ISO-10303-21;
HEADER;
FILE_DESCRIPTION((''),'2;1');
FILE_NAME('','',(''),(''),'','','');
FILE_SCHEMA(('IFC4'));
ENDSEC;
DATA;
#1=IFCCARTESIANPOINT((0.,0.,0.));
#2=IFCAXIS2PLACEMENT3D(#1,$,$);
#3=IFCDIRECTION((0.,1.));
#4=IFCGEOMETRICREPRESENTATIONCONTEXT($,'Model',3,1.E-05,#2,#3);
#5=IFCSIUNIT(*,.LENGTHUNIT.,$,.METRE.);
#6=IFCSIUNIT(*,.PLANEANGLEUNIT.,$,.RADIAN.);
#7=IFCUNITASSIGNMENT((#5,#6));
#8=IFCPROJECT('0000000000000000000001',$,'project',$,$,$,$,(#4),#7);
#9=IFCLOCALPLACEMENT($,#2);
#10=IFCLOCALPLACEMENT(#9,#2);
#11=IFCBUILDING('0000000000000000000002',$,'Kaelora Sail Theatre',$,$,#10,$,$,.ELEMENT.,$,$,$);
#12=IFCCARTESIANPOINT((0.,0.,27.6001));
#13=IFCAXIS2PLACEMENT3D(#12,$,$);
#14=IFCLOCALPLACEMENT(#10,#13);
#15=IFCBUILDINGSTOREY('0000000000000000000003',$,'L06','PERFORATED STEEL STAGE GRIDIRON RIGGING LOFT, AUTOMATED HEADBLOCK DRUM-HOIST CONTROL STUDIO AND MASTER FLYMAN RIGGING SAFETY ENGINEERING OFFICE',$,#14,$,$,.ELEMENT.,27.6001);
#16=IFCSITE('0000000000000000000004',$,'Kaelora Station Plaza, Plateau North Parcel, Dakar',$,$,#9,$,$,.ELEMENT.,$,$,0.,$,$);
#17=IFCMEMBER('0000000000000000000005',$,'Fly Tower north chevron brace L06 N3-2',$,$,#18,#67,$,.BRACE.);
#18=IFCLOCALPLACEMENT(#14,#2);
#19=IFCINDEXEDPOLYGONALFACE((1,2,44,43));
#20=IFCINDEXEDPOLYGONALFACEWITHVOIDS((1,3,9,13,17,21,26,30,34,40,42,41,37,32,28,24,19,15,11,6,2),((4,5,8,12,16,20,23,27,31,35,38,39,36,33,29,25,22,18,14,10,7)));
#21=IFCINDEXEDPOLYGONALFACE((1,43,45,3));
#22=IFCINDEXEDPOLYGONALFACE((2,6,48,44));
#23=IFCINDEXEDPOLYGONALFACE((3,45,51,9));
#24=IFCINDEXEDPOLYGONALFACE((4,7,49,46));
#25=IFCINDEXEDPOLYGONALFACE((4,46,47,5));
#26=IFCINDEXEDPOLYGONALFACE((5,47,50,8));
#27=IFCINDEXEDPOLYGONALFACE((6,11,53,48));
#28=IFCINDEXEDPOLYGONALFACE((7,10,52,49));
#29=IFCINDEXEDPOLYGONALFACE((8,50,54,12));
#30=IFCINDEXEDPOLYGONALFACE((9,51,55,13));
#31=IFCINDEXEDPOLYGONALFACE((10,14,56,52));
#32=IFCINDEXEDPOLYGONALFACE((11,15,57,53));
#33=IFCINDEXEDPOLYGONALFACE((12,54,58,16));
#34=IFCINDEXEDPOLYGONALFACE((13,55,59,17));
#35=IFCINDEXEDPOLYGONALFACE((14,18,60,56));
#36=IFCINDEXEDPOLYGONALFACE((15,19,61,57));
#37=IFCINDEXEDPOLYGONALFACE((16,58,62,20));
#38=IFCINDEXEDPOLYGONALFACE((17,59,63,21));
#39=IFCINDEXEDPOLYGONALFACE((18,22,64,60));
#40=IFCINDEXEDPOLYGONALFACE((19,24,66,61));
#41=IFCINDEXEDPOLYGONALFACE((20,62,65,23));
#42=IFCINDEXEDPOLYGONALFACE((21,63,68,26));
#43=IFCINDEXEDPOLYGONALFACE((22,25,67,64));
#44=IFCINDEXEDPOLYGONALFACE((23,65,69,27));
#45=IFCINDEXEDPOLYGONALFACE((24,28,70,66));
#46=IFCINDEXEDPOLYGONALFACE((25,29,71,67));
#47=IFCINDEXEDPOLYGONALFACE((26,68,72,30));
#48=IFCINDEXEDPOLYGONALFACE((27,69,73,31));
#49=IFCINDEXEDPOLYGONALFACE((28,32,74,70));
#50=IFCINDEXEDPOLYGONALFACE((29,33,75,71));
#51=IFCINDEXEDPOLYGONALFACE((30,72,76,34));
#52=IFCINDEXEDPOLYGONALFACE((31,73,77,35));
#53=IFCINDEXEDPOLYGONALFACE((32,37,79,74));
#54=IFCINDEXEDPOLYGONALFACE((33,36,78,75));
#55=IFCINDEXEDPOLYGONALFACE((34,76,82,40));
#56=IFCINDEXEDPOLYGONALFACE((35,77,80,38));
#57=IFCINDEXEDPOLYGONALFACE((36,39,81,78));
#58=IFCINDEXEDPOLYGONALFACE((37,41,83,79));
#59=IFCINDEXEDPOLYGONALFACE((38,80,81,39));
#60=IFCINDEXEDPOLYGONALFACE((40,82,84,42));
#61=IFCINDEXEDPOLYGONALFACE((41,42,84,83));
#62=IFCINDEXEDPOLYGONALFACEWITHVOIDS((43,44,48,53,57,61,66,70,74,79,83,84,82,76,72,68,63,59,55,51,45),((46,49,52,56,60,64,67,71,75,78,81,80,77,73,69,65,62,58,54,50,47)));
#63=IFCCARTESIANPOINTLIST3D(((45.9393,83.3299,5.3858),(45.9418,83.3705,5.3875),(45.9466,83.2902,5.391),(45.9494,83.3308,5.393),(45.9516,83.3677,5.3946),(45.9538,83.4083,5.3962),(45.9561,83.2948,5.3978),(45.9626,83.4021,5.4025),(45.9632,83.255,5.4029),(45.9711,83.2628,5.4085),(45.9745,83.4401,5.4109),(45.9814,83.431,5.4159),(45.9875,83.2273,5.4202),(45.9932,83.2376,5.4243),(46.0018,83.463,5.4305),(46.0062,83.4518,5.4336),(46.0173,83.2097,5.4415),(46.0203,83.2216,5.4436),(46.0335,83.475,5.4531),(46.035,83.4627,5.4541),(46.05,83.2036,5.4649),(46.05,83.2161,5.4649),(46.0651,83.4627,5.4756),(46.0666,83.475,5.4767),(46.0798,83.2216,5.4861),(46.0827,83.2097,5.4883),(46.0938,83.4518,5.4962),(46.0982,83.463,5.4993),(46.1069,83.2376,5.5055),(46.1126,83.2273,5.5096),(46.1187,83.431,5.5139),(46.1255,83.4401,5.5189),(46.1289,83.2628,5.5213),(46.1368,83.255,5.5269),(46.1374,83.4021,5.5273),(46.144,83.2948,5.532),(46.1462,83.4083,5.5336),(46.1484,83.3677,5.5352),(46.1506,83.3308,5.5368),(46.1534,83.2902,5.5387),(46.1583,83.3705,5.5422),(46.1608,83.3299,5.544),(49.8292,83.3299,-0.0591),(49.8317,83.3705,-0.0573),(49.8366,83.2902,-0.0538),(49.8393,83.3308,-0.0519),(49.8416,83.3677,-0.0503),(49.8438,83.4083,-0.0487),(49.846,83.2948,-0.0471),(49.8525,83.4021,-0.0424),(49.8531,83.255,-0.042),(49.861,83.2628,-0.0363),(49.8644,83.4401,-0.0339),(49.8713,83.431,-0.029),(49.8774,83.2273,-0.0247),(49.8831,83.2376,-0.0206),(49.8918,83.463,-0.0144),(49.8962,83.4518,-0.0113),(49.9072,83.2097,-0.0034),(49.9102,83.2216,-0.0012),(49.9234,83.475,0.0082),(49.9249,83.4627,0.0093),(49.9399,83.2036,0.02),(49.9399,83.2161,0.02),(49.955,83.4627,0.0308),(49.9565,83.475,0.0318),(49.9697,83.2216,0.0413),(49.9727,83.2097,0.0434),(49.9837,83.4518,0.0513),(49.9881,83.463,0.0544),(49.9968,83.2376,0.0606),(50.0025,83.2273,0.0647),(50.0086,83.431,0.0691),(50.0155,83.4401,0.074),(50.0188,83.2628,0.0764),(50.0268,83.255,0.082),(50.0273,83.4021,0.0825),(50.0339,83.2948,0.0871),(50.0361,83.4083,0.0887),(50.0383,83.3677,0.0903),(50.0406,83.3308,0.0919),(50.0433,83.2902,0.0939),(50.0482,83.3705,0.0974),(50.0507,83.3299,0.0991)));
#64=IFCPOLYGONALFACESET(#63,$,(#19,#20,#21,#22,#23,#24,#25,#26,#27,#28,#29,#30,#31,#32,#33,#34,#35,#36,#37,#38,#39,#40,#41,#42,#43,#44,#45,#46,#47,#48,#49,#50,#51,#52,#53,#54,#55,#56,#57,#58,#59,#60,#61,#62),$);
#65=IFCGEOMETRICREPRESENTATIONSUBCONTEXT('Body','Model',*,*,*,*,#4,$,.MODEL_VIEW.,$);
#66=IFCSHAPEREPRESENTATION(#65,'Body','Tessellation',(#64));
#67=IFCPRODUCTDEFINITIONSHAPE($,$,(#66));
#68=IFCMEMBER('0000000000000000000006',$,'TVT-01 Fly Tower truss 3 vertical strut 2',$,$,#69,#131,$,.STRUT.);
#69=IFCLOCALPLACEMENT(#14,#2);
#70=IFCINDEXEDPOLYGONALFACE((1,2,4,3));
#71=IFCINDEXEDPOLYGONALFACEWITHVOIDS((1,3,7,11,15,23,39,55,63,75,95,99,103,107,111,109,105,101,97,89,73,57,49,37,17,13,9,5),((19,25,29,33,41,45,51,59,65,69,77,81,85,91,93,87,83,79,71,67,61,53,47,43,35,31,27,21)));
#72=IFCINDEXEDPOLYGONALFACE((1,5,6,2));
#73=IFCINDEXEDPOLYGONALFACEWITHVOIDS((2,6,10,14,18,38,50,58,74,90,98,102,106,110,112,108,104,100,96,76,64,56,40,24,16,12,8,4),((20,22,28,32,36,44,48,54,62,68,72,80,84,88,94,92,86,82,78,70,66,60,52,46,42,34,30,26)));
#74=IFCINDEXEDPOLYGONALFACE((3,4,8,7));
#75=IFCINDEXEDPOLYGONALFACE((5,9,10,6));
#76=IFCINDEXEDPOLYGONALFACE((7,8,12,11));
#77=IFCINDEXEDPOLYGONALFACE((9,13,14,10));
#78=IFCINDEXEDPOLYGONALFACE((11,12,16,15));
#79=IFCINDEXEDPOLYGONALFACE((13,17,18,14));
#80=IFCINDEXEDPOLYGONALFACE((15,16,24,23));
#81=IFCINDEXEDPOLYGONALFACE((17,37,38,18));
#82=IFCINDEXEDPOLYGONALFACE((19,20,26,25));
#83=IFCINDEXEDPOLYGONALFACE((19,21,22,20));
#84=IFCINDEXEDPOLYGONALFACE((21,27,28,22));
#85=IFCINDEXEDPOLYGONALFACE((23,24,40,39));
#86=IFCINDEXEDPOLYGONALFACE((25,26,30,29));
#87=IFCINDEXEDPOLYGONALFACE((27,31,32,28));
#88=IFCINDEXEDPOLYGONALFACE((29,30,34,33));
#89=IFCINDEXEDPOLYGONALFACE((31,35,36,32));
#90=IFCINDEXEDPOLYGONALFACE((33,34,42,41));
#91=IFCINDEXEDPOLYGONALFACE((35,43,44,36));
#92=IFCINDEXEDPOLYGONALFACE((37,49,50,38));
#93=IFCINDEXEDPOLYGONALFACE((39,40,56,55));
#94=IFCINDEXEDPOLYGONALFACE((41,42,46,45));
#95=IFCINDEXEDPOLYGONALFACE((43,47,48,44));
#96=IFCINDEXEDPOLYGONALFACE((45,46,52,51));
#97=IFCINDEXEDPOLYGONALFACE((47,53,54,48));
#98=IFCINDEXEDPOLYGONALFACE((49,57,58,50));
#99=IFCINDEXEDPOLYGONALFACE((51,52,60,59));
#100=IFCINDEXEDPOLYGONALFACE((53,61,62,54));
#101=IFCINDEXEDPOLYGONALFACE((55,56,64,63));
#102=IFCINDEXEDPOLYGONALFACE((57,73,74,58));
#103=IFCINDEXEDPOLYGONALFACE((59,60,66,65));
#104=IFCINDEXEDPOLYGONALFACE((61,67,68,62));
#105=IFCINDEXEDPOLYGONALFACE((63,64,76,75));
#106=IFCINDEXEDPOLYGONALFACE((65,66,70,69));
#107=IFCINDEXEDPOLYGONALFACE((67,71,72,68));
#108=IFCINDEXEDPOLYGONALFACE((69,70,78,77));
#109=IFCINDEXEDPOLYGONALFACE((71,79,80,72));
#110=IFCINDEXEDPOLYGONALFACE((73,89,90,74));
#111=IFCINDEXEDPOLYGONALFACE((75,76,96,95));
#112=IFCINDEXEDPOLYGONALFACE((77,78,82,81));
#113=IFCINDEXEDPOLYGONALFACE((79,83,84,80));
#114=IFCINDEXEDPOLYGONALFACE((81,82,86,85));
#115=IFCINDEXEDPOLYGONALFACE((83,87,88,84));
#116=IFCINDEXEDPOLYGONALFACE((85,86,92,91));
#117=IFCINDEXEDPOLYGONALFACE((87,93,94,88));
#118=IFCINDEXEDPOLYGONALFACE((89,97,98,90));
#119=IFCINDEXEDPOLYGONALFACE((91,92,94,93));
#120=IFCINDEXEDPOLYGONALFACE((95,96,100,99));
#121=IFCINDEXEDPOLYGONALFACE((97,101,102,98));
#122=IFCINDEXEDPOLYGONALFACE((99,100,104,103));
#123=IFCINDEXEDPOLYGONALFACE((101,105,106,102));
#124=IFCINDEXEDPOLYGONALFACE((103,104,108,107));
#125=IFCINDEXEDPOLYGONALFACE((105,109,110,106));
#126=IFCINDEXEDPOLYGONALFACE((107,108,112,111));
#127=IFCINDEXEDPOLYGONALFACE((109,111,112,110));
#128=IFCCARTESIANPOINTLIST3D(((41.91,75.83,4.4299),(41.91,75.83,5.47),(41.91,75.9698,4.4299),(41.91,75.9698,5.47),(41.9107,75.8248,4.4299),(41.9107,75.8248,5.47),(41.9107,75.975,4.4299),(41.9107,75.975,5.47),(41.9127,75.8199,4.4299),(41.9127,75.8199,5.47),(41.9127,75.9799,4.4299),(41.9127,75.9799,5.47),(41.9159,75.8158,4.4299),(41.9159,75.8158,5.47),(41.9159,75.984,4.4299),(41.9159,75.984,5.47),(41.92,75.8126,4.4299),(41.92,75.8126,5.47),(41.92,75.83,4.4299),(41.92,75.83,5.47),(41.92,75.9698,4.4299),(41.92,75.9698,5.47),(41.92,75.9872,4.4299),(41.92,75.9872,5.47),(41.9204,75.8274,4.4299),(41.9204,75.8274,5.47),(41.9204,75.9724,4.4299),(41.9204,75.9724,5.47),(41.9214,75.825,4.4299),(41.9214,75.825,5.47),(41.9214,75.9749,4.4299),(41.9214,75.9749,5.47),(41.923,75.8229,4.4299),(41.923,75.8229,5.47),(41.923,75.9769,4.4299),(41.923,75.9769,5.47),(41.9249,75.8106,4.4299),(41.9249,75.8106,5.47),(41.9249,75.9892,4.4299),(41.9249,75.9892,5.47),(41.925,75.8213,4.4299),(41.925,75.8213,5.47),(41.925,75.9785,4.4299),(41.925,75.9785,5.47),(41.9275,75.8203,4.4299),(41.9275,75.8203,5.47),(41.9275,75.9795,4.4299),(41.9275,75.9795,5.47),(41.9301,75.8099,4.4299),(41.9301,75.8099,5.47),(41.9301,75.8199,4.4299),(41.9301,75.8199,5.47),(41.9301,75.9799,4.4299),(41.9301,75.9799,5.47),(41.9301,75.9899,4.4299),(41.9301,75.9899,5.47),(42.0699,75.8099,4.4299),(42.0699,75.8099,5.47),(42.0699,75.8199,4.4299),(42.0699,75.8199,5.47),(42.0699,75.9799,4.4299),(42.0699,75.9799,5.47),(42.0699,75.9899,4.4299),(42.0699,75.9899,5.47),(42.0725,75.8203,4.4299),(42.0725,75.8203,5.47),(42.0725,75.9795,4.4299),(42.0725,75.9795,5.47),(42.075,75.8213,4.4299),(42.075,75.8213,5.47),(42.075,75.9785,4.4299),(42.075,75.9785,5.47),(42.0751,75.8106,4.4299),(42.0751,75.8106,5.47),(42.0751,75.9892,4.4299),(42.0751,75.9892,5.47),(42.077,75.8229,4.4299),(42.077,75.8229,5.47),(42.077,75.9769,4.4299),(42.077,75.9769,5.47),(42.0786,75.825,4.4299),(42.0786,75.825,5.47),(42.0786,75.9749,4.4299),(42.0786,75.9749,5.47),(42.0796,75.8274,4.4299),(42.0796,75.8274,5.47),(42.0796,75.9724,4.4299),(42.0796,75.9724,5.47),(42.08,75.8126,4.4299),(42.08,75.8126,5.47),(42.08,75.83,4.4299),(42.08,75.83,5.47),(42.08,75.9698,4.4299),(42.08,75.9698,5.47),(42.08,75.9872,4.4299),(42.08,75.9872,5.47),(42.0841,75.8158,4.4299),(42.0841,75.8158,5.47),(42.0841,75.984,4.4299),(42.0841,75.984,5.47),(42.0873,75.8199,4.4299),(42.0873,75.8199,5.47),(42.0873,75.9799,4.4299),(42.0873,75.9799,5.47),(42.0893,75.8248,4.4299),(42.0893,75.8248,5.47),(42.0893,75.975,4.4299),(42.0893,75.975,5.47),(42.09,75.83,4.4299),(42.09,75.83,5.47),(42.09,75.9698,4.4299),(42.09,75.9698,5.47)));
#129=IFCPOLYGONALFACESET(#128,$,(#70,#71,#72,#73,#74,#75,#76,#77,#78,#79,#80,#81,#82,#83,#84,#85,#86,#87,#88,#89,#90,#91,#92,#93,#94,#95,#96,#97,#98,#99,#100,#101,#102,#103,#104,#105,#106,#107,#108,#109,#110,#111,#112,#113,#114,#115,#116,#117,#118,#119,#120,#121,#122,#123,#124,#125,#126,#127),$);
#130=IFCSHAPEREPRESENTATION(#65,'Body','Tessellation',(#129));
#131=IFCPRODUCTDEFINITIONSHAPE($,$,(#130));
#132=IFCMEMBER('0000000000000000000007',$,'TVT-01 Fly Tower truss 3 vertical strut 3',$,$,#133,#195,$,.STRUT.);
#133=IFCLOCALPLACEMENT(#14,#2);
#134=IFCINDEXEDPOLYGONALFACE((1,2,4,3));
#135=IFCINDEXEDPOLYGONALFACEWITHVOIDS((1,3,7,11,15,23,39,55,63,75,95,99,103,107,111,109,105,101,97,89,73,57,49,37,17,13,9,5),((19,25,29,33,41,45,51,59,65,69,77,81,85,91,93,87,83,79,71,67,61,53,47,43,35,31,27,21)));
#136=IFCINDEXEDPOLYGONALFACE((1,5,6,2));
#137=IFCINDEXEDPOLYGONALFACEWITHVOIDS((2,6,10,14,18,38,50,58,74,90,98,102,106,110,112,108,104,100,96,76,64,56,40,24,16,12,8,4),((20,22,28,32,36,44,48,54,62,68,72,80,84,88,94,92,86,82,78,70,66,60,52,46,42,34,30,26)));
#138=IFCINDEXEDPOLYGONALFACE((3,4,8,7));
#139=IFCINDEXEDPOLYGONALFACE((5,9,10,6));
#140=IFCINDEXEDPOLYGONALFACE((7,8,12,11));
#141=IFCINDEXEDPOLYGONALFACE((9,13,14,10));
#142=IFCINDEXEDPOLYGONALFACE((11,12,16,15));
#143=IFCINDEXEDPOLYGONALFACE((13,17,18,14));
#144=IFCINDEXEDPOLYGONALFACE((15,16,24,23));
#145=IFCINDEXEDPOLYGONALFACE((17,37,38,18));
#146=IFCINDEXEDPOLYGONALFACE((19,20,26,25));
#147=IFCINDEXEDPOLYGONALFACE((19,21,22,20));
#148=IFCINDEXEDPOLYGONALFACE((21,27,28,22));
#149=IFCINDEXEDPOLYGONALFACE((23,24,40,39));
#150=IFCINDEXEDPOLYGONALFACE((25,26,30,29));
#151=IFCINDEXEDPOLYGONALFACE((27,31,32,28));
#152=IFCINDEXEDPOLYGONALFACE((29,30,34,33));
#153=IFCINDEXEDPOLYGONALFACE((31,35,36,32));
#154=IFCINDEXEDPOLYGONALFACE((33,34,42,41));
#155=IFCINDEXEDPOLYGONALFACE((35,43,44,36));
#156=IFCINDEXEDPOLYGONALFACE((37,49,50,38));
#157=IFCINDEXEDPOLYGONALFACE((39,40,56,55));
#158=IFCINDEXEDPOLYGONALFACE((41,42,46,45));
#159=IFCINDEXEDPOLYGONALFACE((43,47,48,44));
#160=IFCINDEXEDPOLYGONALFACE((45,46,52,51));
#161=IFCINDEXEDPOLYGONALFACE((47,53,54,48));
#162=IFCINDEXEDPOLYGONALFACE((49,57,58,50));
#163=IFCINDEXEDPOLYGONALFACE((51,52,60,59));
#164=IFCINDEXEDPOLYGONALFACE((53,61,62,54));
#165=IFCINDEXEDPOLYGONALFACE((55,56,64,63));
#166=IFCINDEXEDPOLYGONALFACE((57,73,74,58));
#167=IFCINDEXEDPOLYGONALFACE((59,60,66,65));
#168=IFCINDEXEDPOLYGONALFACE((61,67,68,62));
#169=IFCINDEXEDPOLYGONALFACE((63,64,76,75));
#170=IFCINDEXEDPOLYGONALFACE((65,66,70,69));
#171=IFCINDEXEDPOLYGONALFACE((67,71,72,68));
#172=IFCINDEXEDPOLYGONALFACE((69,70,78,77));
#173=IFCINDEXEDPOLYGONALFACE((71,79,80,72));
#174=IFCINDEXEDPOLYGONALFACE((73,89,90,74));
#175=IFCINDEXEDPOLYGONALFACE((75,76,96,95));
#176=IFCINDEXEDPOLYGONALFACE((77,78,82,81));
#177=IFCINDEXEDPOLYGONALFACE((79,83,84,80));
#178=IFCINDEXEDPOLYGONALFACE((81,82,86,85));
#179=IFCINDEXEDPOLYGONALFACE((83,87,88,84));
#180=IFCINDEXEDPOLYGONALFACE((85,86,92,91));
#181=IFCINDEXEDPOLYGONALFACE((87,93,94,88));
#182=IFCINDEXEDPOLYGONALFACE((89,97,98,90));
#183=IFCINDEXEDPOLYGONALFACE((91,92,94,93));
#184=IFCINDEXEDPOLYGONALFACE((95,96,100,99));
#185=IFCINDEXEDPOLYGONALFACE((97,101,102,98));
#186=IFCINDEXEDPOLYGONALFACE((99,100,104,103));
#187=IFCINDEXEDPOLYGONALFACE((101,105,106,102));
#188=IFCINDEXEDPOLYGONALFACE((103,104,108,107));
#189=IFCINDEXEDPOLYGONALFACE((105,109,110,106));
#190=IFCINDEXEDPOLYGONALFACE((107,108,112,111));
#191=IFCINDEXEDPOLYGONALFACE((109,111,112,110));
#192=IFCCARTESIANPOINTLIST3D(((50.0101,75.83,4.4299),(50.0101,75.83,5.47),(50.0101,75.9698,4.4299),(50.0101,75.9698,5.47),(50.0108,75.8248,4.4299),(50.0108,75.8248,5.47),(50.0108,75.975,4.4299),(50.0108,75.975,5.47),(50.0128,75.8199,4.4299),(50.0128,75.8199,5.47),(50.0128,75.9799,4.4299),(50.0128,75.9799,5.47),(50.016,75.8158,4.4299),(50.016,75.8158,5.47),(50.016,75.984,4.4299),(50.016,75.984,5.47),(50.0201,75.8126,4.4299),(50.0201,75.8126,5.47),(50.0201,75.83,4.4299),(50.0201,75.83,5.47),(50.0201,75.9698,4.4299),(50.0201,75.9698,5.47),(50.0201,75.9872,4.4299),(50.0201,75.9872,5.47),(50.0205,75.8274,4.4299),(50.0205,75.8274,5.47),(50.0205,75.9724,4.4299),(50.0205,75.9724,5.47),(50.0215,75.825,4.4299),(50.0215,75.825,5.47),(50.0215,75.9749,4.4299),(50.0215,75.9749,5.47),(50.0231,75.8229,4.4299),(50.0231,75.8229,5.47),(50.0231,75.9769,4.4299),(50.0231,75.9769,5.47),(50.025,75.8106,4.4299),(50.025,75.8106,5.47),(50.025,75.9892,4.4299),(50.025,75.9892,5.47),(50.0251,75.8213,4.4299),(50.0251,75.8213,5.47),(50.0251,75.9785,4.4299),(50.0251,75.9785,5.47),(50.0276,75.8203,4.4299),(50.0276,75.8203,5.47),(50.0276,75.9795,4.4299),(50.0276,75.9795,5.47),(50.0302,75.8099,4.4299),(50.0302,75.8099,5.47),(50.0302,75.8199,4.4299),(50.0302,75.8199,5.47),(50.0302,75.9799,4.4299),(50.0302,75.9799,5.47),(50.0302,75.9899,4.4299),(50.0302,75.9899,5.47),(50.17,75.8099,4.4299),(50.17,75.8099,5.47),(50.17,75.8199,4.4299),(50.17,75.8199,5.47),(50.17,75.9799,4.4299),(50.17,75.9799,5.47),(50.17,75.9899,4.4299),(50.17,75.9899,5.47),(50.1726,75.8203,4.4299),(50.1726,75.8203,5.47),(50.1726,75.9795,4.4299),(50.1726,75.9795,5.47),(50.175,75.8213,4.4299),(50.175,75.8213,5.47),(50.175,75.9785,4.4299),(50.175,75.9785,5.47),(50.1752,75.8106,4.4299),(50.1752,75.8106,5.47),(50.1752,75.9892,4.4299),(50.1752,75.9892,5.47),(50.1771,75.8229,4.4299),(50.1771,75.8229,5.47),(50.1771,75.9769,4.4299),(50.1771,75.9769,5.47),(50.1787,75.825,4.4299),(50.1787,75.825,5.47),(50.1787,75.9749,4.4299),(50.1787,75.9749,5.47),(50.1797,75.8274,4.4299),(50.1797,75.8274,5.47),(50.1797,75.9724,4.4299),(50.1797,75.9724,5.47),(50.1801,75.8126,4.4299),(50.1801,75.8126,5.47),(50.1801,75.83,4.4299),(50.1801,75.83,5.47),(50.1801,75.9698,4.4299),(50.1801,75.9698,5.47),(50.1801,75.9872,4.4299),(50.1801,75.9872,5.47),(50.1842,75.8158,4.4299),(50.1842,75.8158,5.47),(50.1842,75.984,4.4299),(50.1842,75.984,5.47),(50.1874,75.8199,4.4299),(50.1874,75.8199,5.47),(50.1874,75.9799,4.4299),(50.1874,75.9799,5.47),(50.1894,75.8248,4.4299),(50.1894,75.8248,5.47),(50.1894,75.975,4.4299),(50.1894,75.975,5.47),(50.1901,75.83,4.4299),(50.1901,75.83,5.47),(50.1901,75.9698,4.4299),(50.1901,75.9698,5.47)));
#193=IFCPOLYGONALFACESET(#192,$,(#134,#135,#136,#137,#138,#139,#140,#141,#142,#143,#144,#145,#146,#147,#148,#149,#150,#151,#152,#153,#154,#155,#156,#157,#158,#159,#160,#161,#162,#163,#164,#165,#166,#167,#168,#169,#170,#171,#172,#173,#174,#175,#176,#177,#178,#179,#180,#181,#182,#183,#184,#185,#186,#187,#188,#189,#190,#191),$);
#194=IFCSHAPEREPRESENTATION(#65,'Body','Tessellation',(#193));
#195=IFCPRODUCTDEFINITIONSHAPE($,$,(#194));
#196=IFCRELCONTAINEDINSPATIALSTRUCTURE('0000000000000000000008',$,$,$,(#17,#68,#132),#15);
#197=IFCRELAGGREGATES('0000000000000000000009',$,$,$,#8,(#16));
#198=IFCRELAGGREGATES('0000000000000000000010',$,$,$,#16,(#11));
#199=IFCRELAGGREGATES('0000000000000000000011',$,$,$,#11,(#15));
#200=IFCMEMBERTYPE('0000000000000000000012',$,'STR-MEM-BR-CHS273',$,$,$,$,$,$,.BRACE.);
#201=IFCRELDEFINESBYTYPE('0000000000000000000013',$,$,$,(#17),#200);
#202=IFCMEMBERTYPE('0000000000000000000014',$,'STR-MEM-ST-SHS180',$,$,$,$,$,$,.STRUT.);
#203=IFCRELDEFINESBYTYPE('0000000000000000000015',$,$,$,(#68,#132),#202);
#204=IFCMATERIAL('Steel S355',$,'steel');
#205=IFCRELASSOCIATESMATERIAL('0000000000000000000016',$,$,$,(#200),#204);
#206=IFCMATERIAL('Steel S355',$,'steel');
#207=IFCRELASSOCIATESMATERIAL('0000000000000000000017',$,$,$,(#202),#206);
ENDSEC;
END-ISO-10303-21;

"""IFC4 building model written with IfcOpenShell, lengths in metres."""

from ifc_helpers import new_model, si_unit, direction, frame, origin, origin_2d, place, context, subcontext, project, spatial, hollow_rectangle, hollow_circle, extrude, material, material_profile, profile_set, type_object, element, save


model = new_model("IFC4")

# Units and contexts
model_context = context("Model", 3, precision=1e-05, world=origin(), true_north=direction((0.0, 1.0)))
body_context = subcontext(model_context, "Body", "Model", "MODEL_VIEW")
ifc_project = project(units=[si_unit("LENGTHUNIT", "METRE"), si_unit("PLANEANGLEUNIT", "RADIAN")], contexts=[model_context])

# Site, building, storey
site_placement = place(None, origin())
site = spatial("IfcSite", under=ifc_project, at=site_placement, Name="Kaelora Station Plaza, Plateau North Parcel, Dakar", CompositionType="ELEMENT", RefElevation=0.0)
building_placement = place(site_placement, origin())
building = spatial("IfcBuilding", under=site, at=building_placement, Name="Kaelora Sail Theatre", CompositionType="ELEMENT")
storey_placement = place(building_placement, frame((0.0, 0.0, 27.6001)))
storey = spatial("IfcBuildingStorey", under=building, at=storey_placement, Name="L06", Description="PERFORATED STEEL STAGE GRIDIRON RIGGING LOFT, AUTOMATED HEADBLOCK DRUM-HOIST CONTROL STUDIO AND MASTER FLYMAN RIGGING SAFETY ENGINEERING OFFICE", CompositionType="ELEMENT", Elevation=27.6001)

# Members
ifc_material_1 = material(Name="Steel S355", Category="steel")
ifc_material_profile_1 = material_profile(ifc_material_1, hollow_circle(Radius=0.1365, WallThickness=0.0125, at=origin_2d()), Name="CHS 273.0x12.5")
ifc_profile_set_1 = profile_set([ifc_material_profile_1], Name="Steel S355")
member_type_1 = type_object("IfcMemberType", Name="STR-MEM-BR-CHS273", PredefinedType="BRACE", material=ifc_profile_set_1)
for number, where, z_axis, x_axis, name in (
    (1, (49.9399, 83.3401, 0.02), (-0.581311, 0.0, 0.813682), (0.0, -1.0, 0.0), "Fly Tower north chevron brace L06 N3-2"),
):
    element("IfcMember", number, at=place(storey_placement, frame(where, z_axis=z_axis, x_axis=x_axis)), inside=storey, type_object=member_type_1, Name=name, PredefinedType="BRACE", context=body_context, shape_type="SweptSolid", body=[
        extrude(hollow_circle(Radius=0.1365, WallThickness=0.0125, at=origin_2d()), origin(), (0.0, 0.0, 1.0), 6.6917),
    ])
ifc_material_2 = material(Name="Steel S355", Category="steel")
ifc_material_profile_2 = material_profile(ifc_material_2, hollow_rectangle(XDim=0.1799, YDim=0.1799, WallThickness=0.01, InnerFilletRadius=0.01, OuterFilletRadius=0.02, at=origin_2d()), Name="SHS 180x180x10.0")
ifc_profile_set_2 = profile_set([ifc_material_profile_2], Name="Steel S355")
member_type_2 = type_object("IfcMemberType", Name="STR-MEM-ST-SHS180", PredefinedType="STRUT", material=ifc_profile_set_2)
for number, where, z_axis, x_axis, name in (
    (2, (42.0, 75.8999, 4.4299), (0.0, 0.0, 1.0), (1.0, 0.0, 0.0), "TVT-01 Fly Tower truss 3 vertical strut 2"),
    (3, (50.1001, 75.8999, 4.4299), (0.0, 0.0, 1.0), (1.0, 0.0, 0.0), "TVT-01 Fly Tower truss 3 vertical strut 3"),
):
    element("IfcMember", number, at=place(storey_placement, frame(where, z_axis=z_axis, x_axis=x_axis)), inside=storey, type_object=member_type_2, Name=name, PredefinedType="STRUT", context=body_context, shape_type="SweptSolid", body=[
        extrude(hollow_rectangle(XDim=0.1799, YDim=0.1799, WallThickness=0.01, InnerFilletRadius=0.01, OuterFilletRadius=0.02, at=origin_2d()), origin(), (0.0, 0.0, 1.0), 1.04),
    ])

save(model, "model.ifc")
